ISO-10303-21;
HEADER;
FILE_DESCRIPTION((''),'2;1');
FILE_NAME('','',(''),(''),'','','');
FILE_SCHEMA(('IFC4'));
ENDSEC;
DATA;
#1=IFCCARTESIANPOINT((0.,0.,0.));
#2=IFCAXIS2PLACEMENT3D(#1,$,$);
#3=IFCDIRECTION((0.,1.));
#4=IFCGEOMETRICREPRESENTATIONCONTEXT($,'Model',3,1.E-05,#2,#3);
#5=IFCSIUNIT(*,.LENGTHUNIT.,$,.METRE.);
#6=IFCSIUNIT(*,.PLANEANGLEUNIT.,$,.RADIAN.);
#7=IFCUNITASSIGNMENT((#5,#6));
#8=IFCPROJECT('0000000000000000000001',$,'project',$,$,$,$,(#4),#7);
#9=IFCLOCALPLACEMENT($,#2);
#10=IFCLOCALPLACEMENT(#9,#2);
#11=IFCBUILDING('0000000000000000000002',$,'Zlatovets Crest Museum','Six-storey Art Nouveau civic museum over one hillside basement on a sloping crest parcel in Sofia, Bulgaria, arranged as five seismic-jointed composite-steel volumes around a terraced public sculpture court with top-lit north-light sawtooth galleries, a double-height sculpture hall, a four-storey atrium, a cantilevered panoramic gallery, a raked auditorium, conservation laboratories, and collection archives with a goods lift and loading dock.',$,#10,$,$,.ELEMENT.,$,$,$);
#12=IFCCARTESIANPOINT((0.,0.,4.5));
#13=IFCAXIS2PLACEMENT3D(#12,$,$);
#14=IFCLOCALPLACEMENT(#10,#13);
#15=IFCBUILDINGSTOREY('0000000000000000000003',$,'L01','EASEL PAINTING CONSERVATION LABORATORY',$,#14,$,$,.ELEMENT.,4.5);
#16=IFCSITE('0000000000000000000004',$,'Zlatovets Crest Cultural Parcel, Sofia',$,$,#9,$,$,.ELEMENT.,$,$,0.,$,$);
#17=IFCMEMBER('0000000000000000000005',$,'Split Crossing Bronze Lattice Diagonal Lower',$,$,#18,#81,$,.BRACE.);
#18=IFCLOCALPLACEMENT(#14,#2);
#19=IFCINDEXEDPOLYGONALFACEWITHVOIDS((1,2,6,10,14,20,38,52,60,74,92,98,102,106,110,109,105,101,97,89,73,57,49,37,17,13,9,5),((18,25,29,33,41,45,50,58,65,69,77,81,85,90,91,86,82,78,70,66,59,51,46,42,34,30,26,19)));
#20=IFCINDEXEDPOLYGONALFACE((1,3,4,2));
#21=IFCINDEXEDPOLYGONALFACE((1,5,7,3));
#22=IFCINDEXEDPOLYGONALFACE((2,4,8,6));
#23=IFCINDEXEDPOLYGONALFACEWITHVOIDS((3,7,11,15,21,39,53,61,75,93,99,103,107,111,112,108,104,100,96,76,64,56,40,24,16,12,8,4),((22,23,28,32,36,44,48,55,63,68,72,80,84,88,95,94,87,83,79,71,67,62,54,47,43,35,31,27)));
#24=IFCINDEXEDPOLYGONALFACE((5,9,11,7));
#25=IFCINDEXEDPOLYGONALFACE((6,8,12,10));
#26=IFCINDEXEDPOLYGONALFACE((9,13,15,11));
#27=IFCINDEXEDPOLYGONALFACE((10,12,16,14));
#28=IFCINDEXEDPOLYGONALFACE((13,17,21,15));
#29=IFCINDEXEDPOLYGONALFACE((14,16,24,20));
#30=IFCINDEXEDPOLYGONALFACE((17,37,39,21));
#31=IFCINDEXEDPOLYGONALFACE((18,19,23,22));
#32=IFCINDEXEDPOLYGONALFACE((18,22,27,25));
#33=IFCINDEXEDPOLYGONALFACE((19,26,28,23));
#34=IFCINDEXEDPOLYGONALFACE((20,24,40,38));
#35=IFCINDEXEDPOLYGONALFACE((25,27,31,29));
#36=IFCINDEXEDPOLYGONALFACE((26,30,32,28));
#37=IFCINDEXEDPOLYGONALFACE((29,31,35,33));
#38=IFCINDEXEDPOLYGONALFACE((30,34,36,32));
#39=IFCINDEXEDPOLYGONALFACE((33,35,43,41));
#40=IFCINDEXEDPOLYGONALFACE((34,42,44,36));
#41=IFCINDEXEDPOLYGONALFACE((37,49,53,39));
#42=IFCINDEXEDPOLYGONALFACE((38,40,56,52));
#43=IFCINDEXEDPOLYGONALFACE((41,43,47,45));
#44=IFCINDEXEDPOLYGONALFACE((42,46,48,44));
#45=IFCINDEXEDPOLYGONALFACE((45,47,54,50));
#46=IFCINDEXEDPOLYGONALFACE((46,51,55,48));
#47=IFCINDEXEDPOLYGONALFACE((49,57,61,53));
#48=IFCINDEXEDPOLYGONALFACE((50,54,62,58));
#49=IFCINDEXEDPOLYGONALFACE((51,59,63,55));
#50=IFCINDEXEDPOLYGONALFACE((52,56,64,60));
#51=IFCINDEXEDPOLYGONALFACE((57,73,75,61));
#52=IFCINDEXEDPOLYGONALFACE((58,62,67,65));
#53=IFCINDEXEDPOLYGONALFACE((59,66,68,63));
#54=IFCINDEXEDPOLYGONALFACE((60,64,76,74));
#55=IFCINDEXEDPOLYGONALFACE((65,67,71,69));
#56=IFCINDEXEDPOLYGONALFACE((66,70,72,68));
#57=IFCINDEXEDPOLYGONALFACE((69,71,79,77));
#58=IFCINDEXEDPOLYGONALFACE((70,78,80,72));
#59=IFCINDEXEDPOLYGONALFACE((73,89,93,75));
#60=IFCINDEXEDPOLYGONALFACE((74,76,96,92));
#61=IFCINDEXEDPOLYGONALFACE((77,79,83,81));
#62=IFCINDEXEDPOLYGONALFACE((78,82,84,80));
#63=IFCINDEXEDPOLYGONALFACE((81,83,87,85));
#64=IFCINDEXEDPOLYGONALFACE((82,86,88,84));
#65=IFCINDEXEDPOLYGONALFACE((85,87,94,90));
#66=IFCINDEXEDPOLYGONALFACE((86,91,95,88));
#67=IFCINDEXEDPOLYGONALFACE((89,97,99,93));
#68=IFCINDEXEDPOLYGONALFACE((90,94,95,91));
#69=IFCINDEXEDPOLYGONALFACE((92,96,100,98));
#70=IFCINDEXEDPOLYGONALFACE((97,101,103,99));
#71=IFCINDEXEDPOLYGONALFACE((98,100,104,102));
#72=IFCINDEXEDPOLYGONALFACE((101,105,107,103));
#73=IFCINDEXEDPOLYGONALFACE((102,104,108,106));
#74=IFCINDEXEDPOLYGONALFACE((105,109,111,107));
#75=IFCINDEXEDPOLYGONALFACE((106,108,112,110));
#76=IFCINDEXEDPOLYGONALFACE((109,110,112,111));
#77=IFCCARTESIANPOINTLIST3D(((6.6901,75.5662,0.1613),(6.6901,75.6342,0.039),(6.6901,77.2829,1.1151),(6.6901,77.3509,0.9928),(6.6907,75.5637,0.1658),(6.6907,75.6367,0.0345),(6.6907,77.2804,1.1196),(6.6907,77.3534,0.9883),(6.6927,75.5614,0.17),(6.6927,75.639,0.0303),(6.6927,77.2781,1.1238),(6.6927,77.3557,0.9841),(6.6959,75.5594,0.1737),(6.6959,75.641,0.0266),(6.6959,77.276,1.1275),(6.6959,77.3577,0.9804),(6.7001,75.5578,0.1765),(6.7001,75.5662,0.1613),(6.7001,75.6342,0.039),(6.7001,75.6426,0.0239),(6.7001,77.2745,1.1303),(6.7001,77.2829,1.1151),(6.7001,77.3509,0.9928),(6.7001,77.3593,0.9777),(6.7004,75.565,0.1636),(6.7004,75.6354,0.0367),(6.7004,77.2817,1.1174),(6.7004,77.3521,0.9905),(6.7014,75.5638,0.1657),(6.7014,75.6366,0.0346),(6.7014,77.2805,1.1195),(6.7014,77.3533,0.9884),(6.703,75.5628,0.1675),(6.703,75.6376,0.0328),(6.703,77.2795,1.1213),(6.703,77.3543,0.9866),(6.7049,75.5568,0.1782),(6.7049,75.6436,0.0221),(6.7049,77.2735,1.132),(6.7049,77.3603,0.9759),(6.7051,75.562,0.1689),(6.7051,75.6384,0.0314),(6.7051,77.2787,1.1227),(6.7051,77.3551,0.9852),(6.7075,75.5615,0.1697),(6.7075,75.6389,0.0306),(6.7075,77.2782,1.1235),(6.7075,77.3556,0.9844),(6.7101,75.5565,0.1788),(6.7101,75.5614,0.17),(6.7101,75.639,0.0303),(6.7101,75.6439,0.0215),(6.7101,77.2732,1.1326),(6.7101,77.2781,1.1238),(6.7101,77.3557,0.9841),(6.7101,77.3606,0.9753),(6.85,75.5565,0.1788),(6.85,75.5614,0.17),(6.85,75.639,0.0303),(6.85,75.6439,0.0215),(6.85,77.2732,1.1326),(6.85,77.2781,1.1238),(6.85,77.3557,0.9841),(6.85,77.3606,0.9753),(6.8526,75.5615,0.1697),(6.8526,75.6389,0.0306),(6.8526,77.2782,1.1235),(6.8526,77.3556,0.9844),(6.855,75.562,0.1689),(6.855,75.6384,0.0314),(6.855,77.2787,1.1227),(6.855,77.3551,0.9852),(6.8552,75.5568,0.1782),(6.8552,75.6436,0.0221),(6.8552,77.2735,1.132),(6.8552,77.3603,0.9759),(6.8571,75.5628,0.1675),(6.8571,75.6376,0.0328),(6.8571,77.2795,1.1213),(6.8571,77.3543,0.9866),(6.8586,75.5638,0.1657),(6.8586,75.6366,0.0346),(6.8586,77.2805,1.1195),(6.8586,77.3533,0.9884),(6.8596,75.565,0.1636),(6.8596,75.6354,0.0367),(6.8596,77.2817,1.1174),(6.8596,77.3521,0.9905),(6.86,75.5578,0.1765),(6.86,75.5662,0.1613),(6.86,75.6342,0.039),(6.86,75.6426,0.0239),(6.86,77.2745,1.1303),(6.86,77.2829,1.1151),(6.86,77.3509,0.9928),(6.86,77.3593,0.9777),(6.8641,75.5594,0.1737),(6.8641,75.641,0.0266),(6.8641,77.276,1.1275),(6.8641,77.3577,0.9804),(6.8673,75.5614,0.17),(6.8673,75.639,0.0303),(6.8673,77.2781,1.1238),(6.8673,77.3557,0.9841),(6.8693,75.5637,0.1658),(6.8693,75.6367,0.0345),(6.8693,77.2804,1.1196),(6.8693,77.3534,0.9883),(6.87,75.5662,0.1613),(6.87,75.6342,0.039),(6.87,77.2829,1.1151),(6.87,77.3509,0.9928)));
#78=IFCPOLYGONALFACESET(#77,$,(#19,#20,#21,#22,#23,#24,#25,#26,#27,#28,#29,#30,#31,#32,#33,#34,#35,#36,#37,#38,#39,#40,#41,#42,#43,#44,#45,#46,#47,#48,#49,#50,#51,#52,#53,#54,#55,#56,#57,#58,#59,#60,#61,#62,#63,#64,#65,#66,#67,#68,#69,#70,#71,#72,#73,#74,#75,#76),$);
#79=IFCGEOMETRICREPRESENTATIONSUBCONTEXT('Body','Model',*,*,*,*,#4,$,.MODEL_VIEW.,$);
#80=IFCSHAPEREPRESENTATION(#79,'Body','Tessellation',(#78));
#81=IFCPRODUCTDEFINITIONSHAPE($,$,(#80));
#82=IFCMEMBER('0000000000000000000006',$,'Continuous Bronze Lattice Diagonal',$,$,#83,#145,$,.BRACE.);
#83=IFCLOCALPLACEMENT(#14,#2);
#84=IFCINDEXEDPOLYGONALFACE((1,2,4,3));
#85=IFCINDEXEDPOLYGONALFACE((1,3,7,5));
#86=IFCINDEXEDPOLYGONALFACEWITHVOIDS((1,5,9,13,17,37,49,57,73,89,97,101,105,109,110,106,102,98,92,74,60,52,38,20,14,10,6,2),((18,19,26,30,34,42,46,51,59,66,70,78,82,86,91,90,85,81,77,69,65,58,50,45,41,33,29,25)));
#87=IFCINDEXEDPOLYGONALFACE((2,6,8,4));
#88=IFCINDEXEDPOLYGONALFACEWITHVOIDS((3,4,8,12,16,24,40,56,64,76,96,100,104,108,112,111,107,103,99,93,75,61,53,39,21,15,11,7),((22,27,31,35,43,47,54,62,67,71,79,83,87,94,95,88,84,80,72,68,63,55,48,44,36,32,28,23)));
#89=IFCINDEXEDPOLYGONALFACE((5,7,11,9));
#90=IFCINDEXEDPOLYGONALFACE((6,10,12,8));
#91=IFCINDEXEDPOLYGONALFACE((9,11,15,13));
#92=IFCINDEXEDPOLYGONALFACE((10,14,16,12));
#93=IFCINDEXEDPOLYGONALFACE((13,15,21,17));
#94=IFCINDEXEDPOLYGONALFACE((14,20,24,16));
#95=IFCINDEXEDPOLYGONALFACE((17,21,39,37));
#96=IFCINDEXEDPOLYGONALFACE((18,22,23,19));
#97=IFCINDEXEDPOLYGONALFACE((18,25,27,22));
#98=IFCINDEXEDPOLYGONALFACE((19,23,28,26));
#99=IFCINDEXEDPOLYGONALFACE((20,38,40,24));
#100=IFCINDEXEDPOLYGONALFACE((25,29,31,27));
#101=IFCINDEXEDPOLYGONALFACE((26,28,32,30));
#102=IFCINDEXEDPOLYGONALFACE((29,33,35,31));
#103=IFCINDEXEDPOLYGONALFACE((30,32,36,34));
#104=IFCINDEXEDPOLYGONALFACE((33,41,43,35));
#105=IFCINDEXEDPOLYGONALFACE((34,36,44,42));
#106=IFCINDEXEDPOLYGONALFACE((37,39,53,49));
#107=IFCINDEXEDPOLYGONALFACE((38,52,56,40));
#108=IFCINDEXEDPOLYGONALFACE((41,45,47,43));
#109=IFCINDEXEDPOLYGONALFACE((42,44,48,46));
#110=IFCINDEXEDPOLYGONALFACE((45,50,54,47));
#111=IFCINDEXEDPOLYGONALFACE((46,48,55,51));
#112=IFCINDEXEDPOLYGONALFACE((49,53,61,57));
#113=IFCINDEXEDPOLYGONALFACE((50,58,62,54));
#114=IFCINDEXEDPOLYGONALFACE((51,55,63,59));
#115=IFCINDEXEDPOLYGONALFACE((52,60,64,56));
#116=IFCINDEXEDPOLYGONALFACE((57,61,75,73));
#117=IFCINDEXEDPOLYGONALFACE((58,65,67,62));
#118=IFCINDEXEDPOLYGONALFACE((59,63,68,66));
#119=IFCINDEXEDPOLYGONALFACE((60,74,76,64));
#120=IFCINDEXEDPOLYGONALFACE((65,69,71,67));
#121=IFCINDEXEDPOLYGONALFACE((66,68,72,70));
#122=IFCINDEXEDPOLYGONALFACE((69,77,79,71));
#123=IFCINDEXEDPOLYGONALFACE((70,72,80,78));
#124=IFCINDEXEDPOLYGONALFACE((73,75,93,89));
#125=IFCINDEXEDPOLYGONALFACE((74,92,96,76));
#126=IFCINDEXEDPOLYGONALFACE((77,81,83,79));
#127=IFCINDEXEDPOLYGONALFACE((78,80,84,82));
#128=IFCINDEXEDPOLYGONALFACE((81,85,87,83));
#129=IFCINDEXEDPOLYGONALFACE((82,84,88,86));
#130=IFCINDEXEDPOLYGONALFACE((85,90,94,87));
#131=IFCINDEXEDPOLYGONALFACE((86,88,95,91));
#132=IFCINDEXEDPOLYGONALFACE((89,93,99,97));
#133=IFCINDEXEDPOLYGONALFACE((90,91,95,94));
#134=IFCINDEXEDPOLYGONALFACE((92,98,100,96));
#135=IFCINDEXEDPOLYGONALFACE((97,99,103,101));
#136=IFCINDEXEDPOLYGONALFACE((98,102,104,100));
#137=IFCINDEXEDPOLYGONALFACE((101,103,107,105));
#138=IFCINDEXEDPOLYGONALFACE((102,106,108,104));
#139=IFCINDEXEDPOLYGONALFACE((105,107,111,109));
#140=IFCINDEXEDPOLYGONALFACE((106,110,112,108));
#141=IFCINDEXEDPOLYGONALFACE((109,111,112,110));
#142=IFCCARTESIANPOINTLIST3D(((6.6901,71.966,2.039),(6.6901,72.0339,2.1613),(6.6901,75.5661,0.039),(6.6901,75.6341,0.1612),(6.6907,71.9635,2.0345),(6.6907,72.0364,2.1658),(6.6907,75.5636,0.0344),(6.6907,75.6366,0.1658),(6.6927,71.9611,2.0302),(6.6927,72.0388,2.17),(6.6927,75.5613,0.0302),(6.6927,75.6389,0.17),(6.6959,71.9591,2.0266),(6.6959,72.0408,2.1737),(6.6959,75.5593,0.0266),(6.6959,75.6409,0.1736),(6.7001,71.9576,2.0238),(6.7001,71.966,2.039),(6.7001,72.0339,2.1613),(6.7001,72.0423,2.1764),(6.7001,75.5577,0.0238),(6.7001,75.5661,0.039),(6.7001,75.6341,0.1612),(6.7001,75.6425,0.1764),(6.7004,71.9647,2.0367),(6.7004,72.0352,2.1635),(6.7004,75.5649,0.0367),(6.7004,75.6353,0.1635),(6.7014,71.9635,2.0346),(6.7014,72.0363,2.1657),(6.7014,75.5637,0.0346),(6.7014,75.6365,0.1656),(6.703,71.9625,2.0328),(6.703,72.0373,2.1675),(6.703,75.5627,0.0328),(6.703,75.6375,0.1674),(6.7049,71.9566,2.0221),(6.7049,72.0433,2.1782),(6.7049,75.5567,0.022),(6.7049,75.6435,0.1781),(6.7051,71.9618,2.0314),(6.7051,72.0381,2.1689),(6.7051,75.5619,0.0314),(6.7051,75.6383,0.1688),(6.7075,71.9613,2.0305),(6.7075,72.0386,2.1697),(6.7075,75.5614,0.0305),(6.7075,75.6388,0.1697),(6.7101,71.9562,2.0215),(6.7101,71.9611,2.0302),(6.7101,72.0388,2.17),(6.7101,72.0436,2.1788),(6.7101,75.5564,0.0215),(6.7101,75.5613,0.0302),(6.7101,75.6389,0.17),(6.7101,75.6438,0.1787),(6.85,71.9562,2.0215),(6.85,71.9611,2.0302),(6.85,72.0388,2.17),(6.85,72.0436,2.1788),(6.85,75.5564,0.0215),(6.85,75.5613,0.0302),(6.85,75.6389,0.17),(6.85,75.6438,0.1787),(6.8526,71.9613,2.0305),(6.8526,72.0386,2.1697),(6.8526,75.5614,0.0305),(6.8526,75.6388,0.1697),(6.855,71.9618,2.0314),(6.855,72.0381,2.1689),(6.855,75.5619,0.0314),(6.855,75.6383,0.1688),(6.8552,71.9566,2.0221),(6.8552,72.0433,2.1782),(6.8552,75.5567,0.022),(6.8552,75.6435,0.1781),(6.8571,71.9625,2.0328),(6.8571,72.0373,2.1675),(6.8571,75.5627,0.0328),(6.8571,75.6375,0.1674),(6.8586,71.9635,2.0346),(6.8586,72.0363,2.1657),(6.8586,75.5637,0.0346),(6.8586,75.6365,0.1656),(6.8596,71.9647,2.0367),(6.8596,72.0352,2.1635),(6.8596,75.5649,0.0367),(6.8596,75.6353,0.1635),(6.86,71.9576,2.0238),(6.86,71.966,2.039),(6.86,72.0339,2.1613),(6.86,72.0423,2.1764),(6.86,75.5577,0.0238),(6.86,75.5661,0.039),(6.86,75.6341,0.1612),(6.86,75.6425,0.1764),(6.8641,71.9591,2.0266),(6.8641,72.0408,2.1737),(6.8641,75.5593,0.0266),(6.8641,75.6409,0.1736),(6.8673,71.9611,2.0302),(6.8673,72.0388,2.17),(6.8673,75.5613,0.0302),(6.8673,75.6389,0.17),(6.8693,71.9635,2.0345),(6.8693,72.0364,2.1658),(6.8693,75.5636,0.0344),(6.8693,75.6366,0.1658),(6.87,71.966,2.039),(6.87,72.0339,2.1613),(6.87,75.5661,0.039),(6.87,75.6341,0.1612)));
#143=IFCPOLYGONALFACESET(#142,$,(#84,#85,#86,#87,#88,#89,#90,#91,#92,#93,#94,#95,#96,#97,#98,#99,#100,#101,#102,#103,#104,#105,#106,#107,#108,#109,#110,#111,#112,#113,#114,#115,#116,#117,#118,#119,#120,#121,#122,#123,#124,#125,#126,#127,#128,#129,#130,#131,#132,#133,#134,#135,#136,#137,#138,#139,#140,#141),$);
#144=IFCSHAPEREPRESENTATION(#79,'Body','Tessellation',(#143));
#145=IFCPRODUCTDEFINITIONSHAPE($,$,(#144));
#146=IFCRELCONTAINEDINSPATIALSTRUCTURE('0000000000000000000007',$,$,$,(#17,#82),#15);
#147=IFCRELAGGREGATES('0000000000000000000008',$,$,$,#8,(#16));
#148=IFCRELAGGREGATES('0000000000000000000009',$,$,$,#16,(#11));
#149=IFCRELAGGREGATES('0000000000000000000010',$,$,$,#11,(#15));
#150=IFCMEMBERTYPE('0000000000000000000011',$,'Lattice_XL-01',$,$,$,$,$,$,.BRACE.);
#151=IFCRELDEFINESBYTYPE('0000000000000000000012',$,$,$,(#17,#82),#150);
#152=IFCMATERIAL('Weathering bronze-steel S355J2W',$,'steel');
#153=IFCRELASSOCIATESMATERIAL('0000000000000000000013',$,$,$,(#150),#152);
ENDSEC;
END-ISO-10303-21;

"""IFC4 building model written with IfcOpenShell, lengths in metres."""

from ifc_helpers import new_model, si_unit, direction, frame, origin, origin_2d, place, context, subcontext, project, spatial, hollow_rectangle, extrude, material, material_profile, profile_set, type_object, element, save


model = new_model("IFC4")

# Units and contexts
model_context = context("Model", 3, precision=1e-05, world=origin(), true_north=direction((0.0, 1.0)))
body_context = subcontext(model_context, "Body", "Model", "MODEL_VIEW")
ifc_project = project(units=[si_unit("LENGTHUNIT", "METRE"), si_unit("PLANEANGLEUNIT", "RADIAN")], contexts=[model_context])

# Site, building, storey
site_placement = place(None, origin())
site = spatial("IfcSite", under=ifc_project, at=site_placement, Name="Zlatovets Crest Cultural Parcel, Sofia", CompositionType="ELEMENT", RefElevation=0.0)
building_placement = place(site_placement, origin())
building = spatial("IfcBuilding", under=site, at=building_placement, Name="Zlatovets Crest Museum", Description="Six-storey Art Nouveau civic museum over one hillside basement on a sloping crest parcel in Sofia, Bulgaria, arranged as five seismic-jointed composite-steel volumes around a terraced public sculpture court with top-lit north-light sawtooth galleries, a double-height sculpture hall, a four-storey atrium, a cantilevered panoramic gallery, a raked auditorium, conservation laboratories, and collection archives with a goods lift and loading dock.", CompositionType="ELEMENT")
storey_placement = place(building_placement, frame((0.0, 0.0, 4.5)))
storey = spatial("IfcBuildingStorey", under=building, at=storey_placement, Name="L01", Description="EASEL PAINTING CONSERVATION LABORATORY", CompositionType="ELEMENT", Elevation=4.5)

# Members
ifc_material_1 = material(Name="Weathering bronze-steel S355J2W", Category="steel")
ifc_material_profile_1 = material_profile(ifc_material_1, hollow_rectangle(XDim=0.1799, YDim=0.1799, WallThickness=0.01, InnerFilletRadius=0.01, OuterFilletRadius=0.02, at=origin_2d()), Name="SHS 180x180x10.0")
ifc_profile_set_1 = profile_set([ifc_material_profile_1], Name="Weathering bronze-steel S355J2W")
member_type_1 = type_object("IfcMemberType", Name="Lattice_XL-01", PredefinedType="BRACE", material=ifc_profile_set_1)
member_1_placement = place(storey_placement, frame((6.78, 77.3169, 1.054), z_axis=(0.0, -0.87414, -0.485675), x_axis=(1.0, 0.0, 0.0)))
element("IfcMember", 1, at=member_1_placement, inside=storey, type_object=member_type_1, Name="Split Crossing Bronze Lattice Diagonal Lower", PredefinedType="BRACE", context=body_context, shape_type="SweptSolid", body=[
    extrude(hollow_rectangle(XDim=0.1799, YDim=0.1799, WallThickness=0.01, InnerFilletRadius=0.01, OuterFilletRadius=0.02, at=origin_2d()), origin(), (0.0, 0.0, 1.0), 1.9639),
])
member_2_placement = place(storey_placement, frame((6.78, 75.6001, 0.1001), z_axis=(0.0, -0.874163, 0.485633), x_axis=(1.0, 0.0, 0.0)))
element("IfcMember", 2, at=member_2_placement, inside=storey, type_object=member_type_1, Name="Continuous Bronze Lattice Diagonal", PredefinedType="BRACE", context=body_context, shape_type="SweptSolid", body=[
    extrude(hollow_rectangle(XDim=0.1799, YDim=0.1799, WallThickness=0.01, InnerFilletRadius=0.01, OuterFilletRadius=0.02, at=origin_2d()), origin(), (0.0, 0.0, 1.0), 4.1184),
])

save(model, "model.ifc")
